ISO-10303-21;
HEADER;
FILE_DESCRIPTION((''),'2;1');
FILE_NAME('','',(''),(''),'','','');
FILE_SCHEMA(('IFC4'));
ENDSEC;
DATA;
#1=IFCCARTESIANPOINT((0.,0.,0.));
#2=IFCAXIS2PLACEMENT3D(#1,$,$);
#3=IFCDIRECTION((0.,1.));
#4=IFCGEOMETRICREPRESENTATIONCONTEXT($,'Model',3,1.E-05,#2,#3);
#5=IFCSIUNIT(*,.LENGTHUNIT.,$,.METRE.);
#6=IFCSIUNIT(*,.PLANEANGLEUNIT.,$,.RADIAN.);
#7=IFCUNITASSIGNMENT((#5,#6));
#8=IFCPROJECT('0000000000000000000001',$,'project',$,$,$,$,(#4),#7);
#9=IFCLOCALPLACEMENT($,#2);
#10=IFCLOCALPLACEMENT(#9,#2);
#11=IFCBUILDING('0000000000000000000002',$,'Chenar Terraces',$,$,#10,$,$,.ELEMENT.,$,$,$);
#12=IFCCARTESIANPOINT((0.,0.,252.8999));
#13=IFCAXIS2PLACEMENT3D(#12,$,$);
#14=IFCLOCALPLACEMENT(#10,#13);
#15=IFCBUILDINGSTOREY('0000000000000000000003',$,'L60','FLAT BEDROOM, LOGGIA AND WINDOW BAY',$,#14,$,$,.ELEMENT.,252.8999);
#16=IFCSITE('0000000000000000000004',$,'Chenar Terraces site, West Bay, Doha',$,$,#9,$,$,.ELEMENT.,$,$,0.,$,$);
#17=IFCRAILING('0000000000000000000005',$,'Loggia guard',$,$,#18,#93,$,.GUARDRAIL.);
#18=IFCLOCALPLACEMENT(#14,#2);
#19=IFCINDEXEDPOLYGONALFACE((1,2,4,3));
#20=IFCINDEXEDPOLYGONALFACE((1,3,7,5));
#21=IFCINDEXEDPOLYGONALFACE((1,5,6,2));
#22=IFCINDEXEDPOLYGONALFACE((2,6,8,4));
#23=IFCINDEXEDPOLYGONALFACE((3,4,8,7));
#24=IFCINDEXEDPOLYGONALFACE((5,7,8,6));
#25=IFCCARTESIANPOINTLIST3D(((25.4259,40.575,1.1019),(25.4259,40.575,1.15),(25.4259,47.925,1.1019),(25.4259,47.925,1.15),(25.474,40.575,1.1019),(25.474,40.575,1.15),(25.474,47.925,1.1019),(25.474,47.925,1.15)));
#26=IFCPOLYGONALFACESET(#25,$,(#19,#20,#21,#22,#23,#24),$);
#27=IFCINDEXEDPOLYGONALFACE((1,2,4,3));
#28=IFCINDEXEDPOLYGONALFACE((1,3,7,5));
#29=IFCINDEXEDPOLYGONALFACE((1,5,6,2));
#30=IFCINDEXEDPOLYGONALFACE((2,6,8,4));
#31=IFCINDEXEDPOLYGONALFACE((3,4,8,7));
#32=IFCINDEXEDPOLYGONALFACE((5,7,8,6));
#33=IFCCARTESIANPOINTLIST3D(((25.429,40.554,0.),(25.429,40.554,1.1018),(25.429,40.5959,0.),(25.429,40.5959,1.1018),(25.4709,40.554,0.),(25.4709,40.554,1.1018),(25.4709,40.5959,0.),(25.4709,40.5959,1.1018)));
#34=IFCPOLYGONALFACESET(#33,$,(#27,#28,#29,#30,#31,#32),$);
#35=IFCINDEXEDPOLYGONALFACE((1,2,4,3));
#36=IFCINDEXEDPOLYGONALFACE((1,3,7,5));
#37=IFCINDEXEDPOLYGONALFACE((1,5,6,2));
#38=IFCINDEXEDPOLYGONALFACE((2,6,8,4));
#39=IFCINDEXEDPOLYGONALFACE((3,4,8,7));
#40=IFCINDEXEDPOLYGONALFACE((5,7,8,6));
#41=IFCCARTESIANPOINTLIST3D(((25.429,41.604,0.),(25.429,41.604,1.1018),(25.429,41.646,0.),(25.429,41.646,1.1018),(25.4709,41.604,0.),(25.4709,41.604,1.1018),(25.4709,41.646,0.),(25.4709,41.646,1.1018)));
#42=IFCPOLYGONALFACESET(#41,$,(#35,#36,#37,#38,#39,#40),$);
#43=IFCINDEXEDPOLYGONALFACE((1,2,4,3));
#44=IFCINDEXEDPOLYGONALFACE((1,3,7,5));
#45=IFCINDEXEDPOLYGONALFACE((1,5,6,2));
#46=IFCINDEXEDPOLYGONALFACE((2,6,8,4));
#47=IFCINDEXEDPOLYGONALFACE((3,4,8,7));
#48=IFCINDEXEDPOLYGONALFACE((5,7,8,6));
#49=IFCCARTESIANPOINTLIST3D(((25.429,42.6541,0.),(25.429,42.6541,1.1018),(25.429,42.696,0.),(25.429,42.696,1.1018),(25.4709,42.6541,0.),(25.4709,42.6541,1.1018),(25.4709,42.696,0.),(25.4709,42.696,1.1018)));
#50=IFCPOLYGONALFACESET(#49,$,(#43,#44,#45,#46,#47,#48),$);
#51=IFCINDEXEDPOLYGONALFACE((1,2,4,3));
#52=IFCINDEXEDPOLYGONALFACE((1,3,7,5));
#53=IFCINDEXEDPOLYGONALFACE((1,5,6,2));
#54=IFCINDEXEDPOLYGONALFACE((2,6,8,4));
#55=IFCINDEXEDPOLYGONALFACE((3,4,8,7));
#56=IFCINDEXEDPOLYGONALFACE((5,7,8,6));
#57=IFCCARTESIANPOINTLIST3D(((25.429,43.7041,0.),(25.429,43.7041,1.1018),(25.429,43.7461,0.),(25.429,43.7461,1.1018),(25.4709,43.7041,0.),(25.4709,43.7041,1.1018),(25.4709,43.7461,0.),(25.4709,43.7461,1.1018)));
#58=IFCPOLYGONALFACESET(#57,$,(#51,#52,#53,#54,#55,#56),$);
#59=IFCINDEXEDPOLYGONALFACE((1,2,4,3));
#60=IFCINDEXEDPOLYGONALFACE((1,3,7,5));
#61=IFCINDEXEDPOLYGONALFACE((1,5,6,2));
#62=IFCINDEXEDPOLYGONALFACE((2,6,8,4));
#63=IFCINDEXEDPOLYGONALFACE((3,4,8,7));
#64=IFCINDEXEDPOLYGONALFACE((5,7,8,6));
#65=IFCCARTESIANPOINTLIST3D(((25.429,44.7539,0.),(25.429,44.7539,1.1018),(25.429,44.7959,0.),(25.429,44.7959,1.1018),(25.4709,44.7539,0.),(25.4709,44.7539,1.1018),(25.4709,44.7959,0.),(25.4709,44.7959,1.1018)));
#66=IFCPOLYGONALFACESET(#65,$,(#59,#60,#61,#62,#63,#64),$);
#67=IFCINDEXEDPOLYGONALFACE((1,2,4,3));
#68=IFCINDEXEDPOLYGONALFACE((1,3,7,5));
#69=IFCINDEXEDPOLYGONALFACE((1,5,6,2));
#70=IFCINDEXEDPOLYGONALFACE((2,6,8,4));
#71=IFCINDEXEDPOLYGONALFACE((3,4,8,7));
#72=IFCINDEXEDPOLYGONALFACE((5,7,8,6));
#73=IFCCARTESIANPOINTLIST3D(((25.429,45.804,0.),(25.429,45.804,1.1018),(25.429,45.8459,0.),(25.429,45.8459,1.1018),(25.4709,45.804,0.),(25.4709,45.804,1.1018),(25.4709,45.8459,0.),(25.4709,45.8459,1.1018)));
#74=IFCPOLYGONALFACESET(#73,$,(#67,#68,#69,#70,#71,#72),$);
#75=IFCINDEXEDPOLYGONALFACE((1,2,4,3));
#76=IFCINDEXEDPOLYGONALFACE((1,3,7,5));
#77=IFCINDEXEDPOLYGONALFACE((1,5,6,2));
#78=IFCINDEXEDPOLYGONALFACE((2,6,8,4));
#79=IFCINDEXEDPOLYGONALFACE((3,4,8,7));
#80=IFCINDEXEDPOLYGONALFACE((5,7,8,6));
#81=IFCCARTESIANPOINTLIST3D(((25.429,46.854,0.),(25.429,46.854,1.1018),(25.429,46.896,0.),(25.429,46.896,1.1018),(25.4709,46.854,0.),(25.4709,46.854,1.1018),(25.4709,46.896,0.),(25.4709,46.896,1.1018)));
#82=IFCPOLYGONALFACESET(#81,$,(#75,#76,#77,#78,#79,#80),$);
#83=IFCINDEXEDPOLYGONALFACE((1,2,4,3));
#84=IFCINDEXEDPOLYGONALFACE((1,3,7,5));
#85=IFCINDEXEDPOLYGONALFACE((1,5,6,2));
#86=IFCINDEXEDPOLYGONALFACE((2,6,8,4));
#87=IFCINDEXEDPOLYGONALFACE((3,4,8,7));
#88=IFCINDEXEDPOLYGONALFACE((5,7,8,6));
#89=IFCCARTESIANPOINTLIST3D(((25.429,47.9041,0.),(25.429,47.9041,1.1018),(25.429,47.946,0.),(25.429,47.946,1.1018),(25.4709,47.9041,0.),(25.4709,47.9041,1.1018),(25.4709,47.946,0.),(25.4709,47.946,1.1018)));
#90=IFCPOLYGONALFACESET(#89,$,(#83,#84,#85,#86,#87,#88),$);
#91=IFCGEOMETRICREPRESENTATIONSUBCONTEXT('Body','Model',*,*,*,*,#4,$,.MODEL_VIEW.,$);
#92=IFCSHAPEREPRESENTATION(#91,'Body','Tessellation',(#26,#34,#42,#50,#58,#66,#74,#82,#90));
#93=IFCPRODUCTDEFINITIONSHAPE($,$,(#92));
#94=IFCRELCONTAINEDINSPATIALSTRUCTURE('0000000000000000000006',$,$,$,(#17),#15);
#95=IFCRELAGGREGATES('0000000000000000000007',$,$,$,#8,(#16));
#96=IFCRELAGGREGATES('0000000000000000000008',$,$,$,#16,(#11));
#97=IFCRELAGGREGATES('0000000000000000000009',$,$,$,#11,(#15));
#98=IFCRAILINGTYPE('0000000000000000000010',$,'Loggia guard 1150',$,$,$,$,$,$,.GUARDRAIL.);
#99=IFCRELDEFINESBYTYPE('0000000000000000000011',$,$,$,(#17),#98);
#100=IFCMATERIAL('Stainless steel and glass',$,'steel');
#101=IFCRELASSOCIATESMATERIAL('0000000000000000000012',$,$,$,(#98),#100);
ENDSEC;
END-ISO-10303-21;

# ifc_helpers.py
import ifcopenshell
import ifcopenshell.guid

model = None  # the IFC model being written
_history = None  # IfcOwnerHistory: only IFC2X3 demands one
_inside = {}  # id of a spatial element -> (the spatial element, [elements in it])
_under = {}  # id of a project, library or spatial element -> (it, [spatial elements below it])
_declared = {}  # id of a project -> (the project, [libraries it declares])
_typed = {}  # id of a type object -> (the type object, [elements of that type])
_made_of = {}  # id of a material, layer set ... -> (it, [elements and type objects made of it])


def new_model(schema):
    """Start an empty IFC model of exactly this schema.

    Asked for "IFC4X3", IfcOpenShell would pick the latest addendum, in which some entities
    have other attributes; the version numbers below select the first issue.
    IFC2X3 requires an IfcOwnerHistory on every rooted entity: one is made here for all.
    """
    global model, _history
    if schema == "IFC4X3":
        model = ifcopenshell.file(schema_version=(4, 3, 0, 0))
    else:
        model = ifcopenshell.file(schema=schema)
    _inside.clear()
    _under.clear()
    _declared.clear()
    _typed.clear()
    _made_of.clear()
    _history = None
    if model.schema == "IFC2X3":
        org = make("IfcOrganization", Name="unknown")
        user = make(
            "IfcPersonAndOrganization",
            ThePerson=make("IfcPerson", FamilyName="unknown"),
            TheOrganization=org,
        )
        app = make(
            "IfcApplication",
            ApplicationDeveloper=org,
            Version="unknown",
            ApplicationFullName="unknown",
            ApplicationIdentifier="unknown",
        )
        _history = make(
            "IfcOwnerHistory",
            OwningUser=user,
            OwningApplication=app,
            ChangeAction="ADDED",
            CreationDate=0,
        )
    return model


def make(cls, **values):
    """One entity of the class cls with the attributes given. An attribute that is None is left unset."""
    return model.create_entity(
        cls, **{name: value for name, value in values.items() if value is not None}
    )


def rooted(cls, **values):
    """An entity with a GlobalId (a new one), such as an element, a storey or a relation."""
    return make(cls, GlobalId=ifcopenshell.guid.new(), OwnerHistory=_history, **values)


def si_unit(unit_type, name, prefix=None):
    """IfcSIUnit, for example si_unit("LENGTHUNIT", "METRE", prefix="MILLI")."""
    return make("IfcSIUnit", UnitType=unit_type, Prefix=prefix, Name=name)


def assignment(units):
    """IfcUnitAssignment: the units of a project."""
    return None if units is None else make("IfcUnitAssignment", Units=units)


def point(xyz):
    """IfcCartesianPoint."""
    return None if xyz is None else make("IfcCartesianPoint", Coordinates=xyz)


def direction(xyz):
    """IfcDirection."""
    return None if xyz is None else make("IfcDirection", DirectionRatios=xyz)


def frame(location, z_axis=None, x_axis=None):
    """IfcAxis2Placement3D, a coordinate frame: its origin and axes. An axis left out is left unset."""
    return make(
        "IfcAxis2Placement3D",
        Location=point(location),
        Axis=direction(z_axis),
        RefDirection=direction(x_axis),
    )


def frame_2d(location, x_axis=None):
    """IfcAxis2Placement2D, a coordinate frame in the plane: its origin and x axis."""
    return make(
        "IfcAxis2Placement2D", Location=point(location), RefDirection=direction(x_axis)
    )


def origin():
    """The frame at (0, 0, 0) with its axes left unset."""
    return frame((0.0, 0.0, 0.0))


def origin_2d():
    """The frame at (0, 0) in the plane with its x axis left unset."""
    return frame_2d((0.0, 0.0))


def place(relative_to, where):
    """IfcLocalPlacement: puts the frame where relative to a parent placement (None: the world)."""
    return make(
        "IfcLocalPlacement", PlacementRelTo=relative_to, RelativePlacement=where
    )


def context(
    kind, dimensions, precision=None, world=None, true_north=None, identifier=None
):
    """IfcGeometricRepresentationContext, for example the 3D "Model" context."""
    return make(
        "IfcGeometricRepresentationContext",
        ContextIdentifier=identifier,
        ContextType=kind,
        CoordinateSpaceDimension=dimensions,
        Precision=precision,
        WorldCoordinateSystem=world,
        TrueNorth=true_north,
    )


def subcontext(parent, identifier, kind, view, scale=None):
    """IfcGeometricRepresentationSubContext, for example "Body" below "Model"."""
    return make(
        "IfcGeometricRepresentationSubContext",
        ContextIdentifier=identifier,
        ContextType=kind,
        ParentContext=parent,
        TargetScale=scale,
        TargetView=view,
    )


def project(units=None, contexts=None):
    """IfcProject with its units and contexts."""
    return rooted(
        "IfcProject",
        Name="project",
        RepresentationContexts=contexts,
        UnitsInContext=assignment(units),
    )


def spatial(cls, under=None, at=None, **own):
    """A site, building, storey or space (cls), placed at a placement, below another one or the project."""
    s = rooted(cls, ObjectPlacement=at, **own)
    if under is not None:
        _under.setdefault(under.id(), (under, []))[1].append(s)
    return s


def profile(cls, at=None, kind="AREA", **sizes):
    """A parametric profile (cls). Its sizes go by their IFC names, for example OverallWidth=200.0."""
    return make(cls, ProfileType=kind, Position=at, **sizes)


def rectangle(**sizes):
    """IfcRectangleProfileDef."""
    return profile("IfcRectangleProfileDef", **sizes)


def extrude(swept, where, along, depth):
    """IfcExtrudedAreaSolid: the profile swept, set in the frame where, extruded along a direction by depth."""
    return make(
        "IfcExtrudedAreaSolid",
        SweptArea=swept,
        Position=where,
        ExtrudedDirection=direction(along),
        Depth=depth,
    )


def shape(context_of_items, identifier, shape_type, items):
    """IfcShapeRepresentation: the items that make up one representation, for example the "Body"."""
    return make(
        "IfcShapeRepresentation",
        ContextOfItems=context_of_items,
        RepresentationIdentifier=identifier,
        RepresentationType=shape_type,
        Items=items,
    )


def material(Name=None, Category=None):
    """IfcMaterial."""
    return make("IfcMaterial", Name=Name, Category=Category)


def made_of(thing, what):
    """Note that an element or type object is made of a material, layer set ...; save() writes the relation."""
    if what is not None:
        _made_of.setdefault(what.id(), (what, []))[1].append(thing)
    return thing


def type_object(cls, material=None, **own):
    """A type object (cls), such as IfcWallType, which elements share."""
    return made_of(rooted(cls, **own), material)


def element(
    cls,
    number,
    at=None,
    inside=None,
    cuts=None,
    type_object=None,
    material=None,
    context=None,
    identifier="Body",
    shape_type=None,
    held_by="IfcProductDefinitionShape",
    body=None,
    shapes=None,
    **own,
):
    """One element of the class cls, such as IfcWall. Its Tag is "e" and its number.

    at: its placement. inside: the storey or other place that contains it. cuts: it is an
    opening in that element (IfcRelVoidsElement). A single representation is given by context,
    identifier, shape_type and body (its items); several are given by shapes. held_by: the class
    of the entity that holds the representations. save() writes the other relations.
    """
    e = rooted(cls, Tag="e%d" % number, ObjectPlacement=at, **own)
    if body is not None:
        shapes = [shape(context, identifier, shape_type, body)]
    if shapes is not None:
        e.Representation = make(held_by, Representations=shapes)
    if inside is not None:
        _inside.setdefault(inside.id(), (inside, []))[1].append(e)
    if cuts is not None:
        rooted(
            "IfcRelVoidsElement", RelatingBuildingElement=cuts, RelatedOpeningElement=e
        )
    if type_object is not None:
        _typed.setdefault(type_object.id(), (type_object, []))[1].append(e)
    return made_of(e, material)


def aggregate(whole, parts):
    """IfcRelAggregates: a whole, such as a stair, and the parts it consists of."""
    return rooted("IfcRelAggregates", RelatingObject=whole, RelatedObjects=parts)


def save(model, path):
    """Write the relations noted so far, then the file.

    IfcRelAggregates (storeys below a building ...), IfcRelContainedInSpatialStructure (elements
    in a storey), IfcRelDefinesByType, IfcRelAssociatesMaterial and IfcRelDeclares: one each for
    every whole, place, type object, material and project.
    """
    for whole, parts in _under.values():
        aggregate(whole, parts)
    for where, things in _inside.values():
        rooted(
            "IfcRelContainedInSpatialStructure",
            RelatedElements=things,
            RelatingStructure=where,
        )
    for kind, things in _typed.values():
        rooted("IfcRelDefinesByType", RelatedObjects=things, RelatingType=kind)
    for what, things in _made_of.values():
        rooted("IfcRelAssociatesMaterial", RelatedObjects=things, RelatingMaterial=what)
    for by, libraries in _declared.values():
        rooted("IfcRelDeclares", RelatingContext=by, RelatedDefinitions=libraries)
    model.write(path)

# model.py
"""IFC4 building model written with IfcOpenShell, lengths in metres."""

from ifc_helpers import new_model, si_unit, direction, frame, origin, origin_2d, place, context, subcontext, project, spatial, rectangle, extrude, material, type_object, element, save


model = new_model("IFC4")

# Units and contexts
model_context = context("Model", 3, precision=1e-05, world=origin(), true_north=direction((0.0, 1.0)))
body_context = subcontext(model_context, "Body", "Model", "MODEL_VIEW")
ifc_project = project(units=[si_unit("LENGTHUNIT", "METRE"), si_unit("PLANEANGLEUNIT", "RADIAN")], contexts=[model_context])

# Site, building, storey
site_placement = place(None, origin())
site = spatial("IfcSite", under=ifc_project, at=site_placement, Name="Chenar Terraces site, West Bay, Doha", CompositionType="ELEMENT", RefElevation=0.0)
building_placement = place(site_placement, origin())
building = spatial("IfcBuilding", under=site, at=building_placement, Name="Chenar Terraces", CompositionType="ELEMENT")
storey_placement = place(building_placement, frame((0.0, 0.0, 252.8999)))
storey = spatial("IfcBuildingStorey", under=building, at=storey_placement, Name="L60", Description="FLAT BEDROOM, LOGGIA AND WINDOW BAY", CompositionType="ELEMENT", Elevation=252.8999)

# Railing
ifc_material_1 = material(Name="Stainless steel and glass", Category="steel")
railing_type_1 = type_object("IfcRailingType", Name="Loggia guard 1150", PredefinedType="GUARDRAIL", material=ifc_material_1)
railing_1_placement = place(storey_placement, frame((25.45, 40.575, 0.0)))
element("IfcRailing", 1, at=railing_1_placement, inside=storey, type_object=railing_type_1, Name="Loggia guard", PredefinedType="GUARDRAIL", context=body_context, shape_type="SweptSolid", body=[
    extrude(rectangle(XDim=0.0481, YDim=0.0481, at=origin_2d()), frame((0.0, 0.0, 1.126), z_axis=(0.0, 1.0, 0.0), x_axis=(-1.0, 0.0, 0.0)), (0.0, 0.0, 1.0), 7.3501),
    extrude(rectangle(XDim=0.042, YDim=0.042, at=origin_2d()), origin(), (0.0, 0.0, 1.0), 1.1018),
    extrude(rectangle(XDim=0.042, YDim=0.042, at=origin_2d()), frame((0.0, 1.05, 0.0)), (0.0, 0.0, 1.0), 1.1018),
    extrude(rectangle(XDim=0.042, YDim=0.042, at=origin_2d()), frame((0.0, 2.1001, 0.0)), (0.0, 0.0, 1.0), 1.1018),
    extrude(rectangle(XDim=0.042, YDim=0.042, at=origin_2d()), frame((0.0, 3.1501, 0.0)), (0.0, 0.0, 1.0), 1.1018),
    extrude(rectangle(XDim=0.042, YDim=0.042, at=origin_2d()), frame((0.0, 4.2, 0.0)), (0.0, 0.0, 1.0), 1.1018),
    extrude(rectangle(XDim=0.042, YDim=0.042, at=origin_2d()), frame((0.0, 5.25, 0.0)), (0.0, 0.0, 1.0), 1.1018),
    extrude(rectangle(XDim=0.042, YDim=0.042, at=origin_2d()), frame((0.0, 6.3, 0.0)), (0.0, 0.0, 1.0), 1.1018),
    extrude(rectangle(XDim=0.042, YDim=0.042, at=origin_2d()), frame((0.0, 7.3501, 0.0)), (0.0, 0.0, 1.0), 1.1018),
])

save(model, "model.ifc")
